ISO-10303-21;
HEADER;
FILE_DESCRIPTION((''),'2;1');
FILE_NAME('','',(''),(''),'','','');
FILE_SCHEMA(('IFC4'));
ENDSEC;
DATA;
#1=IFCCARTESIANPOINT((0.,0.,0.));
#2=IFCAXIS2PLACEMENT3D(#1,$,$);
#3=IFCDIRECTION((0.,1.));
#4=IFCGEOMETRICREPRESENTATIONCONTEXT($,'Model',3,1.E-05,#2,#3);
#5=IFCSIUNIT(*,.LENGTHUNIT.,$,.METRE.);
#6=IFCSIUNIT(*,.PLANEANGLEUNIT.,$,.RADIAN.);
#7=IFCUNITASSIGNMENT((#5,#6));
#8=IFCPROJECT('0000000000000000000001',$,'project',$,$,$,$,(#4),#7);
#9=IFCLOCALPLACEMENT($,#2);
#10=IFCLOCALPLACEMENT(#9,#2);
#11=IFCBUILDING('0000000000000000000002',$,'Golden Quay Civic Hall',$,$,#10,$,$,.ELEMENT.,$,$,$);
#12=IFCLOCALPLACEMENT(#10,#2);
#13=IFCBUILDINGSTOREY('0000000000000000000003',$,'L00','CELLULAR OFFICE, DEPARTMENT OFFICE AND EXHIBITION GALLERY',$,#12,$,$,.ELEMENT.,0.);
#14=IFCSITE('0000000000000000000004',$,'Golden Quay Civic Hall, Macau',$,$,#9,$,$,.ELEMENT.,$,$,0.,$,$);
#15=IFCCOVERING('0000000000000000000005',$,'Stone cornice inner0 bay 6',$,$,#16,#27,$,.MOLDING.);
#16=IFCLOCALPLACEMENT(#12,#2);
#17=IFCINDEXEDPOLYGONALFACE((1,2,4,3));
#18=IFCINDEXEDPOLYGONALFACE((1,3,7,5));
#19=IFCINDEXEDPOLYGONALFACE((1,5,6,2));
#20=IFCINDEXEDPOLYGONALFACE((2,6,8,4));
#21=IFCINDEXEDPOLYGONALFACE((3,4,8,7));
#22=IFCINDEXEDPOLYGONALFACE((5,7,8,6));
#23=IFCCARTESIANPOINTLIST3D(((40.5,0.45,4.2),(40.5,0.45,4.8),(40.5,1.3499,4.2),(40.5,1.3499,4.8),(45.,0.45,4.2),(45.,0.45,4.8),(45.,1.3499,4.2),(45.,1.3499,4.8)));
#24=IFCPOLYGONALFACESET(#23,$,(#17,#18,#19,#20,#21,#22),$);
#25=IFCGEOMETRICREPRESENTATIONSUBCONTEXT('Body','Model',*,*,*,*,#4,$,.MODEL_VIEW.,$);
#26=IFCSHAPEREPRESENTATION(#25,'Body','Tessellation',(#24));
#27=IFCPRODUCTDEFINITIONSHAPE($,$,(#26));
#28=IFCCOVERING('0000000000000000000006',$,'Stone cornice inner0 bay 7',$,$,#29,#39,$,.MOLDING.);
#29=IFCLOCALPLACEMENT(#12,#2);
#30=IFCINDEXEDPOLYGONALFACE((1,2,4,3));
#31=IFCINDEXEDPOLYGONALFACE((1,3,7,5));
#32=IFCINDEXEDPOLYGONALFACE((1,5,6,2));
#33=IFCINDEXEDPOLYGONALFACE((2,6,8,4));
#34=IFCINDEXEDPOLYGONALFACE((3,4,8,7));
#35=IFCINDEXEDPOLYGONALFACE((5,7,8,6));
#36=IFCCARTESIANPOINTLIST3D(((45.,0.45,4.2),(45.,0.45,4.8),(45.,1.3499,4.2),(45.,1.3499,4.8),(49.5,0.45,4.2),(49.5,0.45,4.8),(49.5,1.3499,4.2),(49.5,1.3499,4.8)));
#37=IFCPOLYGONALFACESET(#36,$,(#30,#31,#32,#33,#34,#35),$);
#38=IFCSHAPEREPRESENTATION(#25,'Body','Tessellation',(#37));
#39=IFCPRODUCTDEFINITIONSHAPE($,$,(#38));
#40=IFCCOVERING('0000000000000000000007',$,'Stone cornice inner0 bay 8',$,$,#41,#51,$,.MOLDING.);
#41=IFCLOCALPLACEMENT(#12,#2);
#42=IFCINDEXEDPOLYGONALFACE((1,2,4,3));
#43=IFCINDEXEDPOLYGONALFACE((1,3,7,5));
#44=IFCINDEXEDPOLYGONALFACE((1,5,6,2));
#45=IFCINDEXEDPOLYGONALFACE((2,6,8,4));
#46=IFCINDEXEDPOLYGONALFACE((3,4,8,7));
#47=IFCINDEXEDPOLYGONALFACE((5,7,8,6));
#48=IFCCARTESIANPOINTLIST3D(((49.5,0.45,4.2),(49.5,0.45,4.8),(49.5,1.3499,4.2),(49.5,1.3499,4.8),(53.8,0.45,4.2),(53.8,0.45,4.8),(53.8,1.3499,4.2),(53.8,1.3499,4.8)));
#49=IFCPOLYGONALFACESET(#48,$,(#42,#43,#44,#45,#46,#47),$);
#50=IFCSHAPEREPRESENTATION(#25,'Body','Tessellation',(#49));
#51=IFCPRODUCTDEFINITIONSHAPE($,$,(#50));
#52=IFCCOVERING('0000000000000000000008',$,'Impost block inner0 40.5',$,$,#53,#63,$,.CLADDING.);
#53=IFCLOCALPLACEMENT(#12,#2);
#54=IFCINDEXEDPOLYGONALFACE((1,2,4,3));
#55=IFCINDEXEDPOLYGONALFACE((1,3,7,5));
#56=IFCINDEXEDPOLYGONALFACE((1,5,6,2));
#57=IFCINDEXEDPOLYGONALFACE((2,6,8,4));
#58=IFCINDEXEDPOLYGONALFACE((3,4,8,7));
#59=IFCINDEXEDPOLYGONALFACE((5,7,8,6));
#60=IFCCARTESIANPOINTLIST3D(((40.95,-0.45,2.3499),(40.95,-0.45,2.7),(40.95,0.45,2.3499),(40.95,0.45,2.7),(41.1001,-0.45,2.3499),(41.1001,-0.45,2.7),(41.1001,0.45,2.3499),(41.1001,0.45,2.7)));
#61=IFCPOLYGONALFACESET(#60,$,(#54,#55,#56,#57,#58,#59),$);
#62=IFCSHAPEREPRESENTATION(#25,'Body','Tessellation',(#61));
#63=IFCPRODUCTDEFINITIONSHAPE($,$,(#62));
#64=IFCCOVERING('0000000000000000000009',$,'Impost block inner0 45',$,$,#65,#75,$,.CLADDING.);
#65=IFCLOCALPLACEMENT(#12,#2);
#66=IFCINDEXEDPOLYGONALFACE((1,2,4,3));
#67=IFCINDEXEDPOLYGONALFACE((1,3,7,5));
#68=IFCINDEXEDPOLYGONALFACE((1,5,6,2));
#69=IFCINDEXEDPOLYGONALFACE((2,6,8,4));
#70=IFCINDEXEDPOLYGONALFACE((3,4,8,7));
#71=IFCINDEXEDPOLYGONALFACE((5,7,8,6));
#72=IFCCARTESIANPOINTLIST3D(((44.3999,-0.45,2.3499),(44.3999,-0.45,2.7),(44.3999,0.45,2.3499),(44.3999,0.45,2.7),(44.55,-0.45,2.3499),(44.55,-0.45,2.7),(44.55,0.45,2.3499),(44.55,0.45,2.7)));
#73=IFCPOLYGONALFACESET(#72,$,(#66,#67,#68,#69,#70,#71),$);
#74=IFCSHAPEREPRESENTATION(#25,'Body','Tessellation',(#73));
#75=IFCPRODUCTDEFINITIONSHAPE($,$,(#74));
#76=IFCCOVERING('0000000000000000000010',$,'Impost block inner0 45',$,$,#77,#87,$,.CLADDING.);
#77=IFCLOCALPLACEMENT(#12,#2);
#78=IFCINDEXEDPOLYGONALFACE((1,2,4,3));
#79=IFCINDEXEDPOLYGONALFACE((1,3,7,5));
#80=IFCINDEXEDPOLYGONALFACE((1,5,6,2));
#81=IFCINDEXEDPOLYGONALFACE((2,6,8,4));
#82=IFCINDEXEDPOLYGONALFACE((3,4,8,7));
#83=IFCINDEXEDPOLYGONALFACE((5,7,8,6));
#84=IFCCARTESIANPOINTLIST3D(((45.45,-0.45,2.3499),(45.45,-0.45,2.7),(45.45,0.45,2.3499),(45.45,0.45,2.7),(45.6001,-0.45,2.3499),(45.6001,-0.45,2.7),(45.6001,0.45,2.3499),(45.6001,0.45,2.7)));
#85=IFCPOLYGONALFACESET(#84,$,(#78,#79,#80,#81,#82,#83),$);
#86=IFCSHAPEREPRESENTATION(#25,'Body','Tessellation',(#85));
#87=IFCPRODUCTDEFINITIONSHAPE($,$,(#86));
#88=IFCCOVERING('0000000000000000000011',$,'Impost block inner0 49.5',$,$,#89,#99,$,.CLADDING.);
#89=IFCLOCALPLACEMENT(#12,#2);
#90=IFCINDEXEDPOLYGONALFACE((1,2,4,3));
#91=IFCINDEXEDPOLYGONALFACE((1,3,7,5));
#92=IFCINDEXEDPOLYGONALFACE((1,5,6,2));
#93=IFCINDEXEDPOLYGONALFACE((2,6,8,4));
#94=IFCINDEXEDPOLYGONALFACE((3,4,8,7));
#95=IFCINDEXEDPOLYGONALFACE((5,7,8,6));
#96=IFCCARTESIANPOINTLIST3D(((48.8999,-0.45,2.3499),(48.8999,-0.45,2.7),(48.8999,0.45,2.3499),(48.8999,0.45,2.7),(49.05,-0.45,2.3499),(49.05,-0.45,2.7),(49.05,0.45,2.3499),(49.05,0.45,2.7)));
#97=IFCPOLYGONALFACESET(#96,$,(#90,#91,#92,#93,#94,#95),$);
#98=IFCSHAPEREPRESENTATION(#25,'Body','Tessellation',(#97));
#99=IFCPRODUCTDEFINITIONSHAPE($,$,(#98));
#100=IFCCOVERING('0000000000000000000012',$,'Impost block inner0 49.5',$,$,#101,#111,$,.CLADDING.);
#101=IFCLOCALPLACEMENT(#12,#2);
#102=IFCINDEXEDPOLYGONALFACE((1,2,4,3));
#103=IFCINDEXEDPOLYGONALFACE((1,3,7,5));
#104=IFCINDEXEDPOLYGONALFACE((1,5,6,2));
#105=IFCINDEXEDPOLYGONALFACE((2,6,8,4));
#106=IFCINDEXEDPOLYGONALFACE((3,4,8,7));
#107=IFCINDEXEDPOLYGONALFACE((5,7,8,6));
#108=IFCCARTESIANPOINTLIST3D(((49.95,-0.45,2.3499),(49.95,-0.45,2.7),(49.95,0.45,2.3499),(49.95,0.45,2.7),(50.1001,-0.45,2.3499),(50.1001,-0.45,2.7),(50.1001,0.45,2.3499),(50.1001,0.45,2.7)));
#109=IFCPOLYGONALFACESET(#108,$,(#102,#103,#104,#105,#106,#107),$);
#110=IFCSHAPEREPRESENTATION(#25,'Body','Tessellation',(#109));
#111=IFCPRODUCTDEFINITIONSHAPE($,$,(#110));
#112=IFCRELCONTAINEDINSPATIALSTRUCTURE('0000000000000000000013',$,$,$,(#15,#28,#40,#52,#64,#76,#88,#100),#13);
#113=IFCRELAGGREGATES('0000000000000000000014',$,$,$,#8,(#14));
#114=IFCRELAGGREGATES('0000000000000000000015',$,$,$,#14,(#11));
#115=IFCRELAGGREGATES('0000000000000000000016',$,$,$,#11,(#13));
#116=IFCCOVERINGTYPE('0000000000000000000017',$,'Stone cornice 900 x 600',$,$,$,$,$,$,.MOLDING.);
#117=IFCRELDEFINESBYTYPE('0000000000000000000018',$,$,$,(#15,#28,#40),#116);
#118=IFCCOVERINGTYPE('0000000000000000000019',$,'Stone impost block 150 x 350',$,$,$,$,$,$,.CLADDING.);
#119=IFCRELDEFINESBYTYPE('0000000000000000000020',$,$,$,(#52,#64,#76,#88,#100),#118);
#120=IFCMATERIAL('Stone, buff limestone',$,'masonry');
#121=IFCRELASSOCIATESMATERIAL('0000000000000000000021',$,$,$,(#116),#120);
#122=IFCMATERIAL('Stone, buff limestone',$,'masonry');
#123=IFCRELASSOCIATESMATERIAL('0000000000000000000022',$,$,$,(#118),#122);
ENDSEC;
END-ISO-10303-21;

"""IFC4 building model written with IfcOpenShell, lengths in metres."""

from ifc_helpers import new_model, si_unit, direction, frame, origin, origin_2d, place, context, subcontext, project, spatial, rectangle, extrude, material, material_profile, profile_set, type_object, element, save


model = new_model("IFC4")

# Units and contexts
model_context = context("Model", 3, precision=1e-05, world=origin(), true_north=direction((0.0, 1.0)))
body_context = subcontext(model_context, "Body", "Model", "MODEL_VIEW")
ifc_project = project(units=[si_unit("LENGTHUNIT", "METRE"), si_unit("PLANEANGLEUNIT", "RADIAN")], contexts=[model_context])

# Site, building, storey
site_placement = place(None, origin())
site = spatial("IfcSite", under=ifc_project, at=site_placement, Name="Golden Quay Civic Hall, Macau", CompositionType="ELEMENT", RefElevation=0.0)
building_placement = place(site_placement, origin())
building = spatial("IfcBuilding", under=site, at=building_placement, Name="Golden Quay Civic Hall", CompositionType="ELEMENT")
storey_placement = place(building_placement, origin())
storey = spatial("IfcBuildingStorey", under=building, at=storey_placement, Name="L00", Description="CELLULAR OFFICE, DEPARTMENT OFFICE AND EXHIBITION GALLERY", CompositionType="ELEMENT", Elevation=0.0)

# Coverings
ifc_material_1 = material(Name="Stone, buff limestone", Category="masonry")
ifc_material_profile_1 = material_profile(ifc_material_1, rectangle(XDim=0.8999, YDim=0.6001, at=origin_2d()), Name="RC 900x600")
ifc_profile_set_1 = profile_set([ifc_material_profile_1], Name="Stone, buff limestone")
covering_type_1 = type_object("IfcCoveringType", Name="Stone cornice 900 x 600", PredefinedType="MOLDING", material=ifc_profile_set_1)
for number, where, z_axis, x_axis, name in (
    (1, (40.5, 0.8999, 4.5), (1.0, 0.0, 0.0), (0.0, 1.0, 0.0), "Stone cornice inner0 bay 6"),
    (2, (45.0, 0.8999, 4.5), (1.0, 0.0, 0.0), (0.0, 1.0, 0.0), "Stone cornice inner0 bay 7"),
):
    element("IfcCovering", number, at=place(storey_placement, frame(where, z_axis=z_axis, x_axis=x_axis)), inside=storey, type_object=covering_type_1, Name=name, PredefinedType="MOLDING", context=body_context, shape_type="SweptSolid", body=[
        extrude(rectangle(XDim=0.8999, YDim=0.6001, at=origin_2d()), origin(), (0.0, 0.0, 1.0), 4.5),
    ])
covering_1_placement = place(storey_placement, frame((49.5, 0.8999, 4.5), z_axis=(1.0, 0.0, 0.0), x_axis=(0.0, 1.0, 0.0)))
element("IfcCovering", 3, at=covering_1_placement, inside=storey, type_object=covering_type_1, Name="Stone cornice inner0 bay 8", PredefinedType="MOLDING", context=body_context, shape_type="SweptSolid", body=[
    extrude(rectangle(XDim=0.8999, YDim=0.6001, at=origin_2d()), origin(), (0.0, 0.0, 1.0), 4.3),
])
ifc_material_2 = material(Name="Stone, buff limestone", Category="masonry")
ifc_material_profile_2 = material_profile(ifc_material_2, rectangle(XDim=0.8999, YDim=0.3501, at=origin_2d()), Name="RC 900x350")
ifc_profile_set_2 = profile_set([ifc_material_profile_2], Name="Stone, buff limestone")
covering_type_2 = type_object("IfcCoveringType", Name="Stone impost block 150 x 350", PredefinedType="CLADDING", material=ifc_profile_set_2)
for number, where, z_axis, x_axis, name in (
    (4, (40.95, 0.0, 2.5249), (1.0, 0.0, 0.0), (0.0, 1.0, 0.0), "Impost block inner0 40.5"),
    (5, (44.55, 0.0, 2.5249), (-1.0, 0.0, 0.0), (0.0, -1.0, 0.0), "Impost block inner0 45"),
    (6, (45.45, 0.0, 2.5249), (1.0, 0.0, 0.0), (0.0, 1.0, 0.0), "Impost block inner0 45"),
    (7, (49.05, 0.0, 2.5249), (-1.0, 0.0, 0.0), (0.0, -1.0, 0.0), "Impost block inner0 49.5"),
    (8, (49.95, 0.0, 2.5249), (1.0, 0.0, 0.0), (0.0, 1.0, 0.0), "Impost block inner0 49.5"),
):
    element("IfcCovering", number, at=place(storey_placement, frame(where, z_axis=z_axis, x_axis=x_axis)), inside=storey, type_object=covering_type_2, Name=name, PredefinedType="CLADDING", context=body_context, shape_type="SweptSolid", body=[
        extrude(rectangle(XDim=0.8999, YDim=0.3501, at=origin_2d()), origin(), (0.0, 0.0, 1.0), 0.1501),
    ])

save(model, "model.ifc")
